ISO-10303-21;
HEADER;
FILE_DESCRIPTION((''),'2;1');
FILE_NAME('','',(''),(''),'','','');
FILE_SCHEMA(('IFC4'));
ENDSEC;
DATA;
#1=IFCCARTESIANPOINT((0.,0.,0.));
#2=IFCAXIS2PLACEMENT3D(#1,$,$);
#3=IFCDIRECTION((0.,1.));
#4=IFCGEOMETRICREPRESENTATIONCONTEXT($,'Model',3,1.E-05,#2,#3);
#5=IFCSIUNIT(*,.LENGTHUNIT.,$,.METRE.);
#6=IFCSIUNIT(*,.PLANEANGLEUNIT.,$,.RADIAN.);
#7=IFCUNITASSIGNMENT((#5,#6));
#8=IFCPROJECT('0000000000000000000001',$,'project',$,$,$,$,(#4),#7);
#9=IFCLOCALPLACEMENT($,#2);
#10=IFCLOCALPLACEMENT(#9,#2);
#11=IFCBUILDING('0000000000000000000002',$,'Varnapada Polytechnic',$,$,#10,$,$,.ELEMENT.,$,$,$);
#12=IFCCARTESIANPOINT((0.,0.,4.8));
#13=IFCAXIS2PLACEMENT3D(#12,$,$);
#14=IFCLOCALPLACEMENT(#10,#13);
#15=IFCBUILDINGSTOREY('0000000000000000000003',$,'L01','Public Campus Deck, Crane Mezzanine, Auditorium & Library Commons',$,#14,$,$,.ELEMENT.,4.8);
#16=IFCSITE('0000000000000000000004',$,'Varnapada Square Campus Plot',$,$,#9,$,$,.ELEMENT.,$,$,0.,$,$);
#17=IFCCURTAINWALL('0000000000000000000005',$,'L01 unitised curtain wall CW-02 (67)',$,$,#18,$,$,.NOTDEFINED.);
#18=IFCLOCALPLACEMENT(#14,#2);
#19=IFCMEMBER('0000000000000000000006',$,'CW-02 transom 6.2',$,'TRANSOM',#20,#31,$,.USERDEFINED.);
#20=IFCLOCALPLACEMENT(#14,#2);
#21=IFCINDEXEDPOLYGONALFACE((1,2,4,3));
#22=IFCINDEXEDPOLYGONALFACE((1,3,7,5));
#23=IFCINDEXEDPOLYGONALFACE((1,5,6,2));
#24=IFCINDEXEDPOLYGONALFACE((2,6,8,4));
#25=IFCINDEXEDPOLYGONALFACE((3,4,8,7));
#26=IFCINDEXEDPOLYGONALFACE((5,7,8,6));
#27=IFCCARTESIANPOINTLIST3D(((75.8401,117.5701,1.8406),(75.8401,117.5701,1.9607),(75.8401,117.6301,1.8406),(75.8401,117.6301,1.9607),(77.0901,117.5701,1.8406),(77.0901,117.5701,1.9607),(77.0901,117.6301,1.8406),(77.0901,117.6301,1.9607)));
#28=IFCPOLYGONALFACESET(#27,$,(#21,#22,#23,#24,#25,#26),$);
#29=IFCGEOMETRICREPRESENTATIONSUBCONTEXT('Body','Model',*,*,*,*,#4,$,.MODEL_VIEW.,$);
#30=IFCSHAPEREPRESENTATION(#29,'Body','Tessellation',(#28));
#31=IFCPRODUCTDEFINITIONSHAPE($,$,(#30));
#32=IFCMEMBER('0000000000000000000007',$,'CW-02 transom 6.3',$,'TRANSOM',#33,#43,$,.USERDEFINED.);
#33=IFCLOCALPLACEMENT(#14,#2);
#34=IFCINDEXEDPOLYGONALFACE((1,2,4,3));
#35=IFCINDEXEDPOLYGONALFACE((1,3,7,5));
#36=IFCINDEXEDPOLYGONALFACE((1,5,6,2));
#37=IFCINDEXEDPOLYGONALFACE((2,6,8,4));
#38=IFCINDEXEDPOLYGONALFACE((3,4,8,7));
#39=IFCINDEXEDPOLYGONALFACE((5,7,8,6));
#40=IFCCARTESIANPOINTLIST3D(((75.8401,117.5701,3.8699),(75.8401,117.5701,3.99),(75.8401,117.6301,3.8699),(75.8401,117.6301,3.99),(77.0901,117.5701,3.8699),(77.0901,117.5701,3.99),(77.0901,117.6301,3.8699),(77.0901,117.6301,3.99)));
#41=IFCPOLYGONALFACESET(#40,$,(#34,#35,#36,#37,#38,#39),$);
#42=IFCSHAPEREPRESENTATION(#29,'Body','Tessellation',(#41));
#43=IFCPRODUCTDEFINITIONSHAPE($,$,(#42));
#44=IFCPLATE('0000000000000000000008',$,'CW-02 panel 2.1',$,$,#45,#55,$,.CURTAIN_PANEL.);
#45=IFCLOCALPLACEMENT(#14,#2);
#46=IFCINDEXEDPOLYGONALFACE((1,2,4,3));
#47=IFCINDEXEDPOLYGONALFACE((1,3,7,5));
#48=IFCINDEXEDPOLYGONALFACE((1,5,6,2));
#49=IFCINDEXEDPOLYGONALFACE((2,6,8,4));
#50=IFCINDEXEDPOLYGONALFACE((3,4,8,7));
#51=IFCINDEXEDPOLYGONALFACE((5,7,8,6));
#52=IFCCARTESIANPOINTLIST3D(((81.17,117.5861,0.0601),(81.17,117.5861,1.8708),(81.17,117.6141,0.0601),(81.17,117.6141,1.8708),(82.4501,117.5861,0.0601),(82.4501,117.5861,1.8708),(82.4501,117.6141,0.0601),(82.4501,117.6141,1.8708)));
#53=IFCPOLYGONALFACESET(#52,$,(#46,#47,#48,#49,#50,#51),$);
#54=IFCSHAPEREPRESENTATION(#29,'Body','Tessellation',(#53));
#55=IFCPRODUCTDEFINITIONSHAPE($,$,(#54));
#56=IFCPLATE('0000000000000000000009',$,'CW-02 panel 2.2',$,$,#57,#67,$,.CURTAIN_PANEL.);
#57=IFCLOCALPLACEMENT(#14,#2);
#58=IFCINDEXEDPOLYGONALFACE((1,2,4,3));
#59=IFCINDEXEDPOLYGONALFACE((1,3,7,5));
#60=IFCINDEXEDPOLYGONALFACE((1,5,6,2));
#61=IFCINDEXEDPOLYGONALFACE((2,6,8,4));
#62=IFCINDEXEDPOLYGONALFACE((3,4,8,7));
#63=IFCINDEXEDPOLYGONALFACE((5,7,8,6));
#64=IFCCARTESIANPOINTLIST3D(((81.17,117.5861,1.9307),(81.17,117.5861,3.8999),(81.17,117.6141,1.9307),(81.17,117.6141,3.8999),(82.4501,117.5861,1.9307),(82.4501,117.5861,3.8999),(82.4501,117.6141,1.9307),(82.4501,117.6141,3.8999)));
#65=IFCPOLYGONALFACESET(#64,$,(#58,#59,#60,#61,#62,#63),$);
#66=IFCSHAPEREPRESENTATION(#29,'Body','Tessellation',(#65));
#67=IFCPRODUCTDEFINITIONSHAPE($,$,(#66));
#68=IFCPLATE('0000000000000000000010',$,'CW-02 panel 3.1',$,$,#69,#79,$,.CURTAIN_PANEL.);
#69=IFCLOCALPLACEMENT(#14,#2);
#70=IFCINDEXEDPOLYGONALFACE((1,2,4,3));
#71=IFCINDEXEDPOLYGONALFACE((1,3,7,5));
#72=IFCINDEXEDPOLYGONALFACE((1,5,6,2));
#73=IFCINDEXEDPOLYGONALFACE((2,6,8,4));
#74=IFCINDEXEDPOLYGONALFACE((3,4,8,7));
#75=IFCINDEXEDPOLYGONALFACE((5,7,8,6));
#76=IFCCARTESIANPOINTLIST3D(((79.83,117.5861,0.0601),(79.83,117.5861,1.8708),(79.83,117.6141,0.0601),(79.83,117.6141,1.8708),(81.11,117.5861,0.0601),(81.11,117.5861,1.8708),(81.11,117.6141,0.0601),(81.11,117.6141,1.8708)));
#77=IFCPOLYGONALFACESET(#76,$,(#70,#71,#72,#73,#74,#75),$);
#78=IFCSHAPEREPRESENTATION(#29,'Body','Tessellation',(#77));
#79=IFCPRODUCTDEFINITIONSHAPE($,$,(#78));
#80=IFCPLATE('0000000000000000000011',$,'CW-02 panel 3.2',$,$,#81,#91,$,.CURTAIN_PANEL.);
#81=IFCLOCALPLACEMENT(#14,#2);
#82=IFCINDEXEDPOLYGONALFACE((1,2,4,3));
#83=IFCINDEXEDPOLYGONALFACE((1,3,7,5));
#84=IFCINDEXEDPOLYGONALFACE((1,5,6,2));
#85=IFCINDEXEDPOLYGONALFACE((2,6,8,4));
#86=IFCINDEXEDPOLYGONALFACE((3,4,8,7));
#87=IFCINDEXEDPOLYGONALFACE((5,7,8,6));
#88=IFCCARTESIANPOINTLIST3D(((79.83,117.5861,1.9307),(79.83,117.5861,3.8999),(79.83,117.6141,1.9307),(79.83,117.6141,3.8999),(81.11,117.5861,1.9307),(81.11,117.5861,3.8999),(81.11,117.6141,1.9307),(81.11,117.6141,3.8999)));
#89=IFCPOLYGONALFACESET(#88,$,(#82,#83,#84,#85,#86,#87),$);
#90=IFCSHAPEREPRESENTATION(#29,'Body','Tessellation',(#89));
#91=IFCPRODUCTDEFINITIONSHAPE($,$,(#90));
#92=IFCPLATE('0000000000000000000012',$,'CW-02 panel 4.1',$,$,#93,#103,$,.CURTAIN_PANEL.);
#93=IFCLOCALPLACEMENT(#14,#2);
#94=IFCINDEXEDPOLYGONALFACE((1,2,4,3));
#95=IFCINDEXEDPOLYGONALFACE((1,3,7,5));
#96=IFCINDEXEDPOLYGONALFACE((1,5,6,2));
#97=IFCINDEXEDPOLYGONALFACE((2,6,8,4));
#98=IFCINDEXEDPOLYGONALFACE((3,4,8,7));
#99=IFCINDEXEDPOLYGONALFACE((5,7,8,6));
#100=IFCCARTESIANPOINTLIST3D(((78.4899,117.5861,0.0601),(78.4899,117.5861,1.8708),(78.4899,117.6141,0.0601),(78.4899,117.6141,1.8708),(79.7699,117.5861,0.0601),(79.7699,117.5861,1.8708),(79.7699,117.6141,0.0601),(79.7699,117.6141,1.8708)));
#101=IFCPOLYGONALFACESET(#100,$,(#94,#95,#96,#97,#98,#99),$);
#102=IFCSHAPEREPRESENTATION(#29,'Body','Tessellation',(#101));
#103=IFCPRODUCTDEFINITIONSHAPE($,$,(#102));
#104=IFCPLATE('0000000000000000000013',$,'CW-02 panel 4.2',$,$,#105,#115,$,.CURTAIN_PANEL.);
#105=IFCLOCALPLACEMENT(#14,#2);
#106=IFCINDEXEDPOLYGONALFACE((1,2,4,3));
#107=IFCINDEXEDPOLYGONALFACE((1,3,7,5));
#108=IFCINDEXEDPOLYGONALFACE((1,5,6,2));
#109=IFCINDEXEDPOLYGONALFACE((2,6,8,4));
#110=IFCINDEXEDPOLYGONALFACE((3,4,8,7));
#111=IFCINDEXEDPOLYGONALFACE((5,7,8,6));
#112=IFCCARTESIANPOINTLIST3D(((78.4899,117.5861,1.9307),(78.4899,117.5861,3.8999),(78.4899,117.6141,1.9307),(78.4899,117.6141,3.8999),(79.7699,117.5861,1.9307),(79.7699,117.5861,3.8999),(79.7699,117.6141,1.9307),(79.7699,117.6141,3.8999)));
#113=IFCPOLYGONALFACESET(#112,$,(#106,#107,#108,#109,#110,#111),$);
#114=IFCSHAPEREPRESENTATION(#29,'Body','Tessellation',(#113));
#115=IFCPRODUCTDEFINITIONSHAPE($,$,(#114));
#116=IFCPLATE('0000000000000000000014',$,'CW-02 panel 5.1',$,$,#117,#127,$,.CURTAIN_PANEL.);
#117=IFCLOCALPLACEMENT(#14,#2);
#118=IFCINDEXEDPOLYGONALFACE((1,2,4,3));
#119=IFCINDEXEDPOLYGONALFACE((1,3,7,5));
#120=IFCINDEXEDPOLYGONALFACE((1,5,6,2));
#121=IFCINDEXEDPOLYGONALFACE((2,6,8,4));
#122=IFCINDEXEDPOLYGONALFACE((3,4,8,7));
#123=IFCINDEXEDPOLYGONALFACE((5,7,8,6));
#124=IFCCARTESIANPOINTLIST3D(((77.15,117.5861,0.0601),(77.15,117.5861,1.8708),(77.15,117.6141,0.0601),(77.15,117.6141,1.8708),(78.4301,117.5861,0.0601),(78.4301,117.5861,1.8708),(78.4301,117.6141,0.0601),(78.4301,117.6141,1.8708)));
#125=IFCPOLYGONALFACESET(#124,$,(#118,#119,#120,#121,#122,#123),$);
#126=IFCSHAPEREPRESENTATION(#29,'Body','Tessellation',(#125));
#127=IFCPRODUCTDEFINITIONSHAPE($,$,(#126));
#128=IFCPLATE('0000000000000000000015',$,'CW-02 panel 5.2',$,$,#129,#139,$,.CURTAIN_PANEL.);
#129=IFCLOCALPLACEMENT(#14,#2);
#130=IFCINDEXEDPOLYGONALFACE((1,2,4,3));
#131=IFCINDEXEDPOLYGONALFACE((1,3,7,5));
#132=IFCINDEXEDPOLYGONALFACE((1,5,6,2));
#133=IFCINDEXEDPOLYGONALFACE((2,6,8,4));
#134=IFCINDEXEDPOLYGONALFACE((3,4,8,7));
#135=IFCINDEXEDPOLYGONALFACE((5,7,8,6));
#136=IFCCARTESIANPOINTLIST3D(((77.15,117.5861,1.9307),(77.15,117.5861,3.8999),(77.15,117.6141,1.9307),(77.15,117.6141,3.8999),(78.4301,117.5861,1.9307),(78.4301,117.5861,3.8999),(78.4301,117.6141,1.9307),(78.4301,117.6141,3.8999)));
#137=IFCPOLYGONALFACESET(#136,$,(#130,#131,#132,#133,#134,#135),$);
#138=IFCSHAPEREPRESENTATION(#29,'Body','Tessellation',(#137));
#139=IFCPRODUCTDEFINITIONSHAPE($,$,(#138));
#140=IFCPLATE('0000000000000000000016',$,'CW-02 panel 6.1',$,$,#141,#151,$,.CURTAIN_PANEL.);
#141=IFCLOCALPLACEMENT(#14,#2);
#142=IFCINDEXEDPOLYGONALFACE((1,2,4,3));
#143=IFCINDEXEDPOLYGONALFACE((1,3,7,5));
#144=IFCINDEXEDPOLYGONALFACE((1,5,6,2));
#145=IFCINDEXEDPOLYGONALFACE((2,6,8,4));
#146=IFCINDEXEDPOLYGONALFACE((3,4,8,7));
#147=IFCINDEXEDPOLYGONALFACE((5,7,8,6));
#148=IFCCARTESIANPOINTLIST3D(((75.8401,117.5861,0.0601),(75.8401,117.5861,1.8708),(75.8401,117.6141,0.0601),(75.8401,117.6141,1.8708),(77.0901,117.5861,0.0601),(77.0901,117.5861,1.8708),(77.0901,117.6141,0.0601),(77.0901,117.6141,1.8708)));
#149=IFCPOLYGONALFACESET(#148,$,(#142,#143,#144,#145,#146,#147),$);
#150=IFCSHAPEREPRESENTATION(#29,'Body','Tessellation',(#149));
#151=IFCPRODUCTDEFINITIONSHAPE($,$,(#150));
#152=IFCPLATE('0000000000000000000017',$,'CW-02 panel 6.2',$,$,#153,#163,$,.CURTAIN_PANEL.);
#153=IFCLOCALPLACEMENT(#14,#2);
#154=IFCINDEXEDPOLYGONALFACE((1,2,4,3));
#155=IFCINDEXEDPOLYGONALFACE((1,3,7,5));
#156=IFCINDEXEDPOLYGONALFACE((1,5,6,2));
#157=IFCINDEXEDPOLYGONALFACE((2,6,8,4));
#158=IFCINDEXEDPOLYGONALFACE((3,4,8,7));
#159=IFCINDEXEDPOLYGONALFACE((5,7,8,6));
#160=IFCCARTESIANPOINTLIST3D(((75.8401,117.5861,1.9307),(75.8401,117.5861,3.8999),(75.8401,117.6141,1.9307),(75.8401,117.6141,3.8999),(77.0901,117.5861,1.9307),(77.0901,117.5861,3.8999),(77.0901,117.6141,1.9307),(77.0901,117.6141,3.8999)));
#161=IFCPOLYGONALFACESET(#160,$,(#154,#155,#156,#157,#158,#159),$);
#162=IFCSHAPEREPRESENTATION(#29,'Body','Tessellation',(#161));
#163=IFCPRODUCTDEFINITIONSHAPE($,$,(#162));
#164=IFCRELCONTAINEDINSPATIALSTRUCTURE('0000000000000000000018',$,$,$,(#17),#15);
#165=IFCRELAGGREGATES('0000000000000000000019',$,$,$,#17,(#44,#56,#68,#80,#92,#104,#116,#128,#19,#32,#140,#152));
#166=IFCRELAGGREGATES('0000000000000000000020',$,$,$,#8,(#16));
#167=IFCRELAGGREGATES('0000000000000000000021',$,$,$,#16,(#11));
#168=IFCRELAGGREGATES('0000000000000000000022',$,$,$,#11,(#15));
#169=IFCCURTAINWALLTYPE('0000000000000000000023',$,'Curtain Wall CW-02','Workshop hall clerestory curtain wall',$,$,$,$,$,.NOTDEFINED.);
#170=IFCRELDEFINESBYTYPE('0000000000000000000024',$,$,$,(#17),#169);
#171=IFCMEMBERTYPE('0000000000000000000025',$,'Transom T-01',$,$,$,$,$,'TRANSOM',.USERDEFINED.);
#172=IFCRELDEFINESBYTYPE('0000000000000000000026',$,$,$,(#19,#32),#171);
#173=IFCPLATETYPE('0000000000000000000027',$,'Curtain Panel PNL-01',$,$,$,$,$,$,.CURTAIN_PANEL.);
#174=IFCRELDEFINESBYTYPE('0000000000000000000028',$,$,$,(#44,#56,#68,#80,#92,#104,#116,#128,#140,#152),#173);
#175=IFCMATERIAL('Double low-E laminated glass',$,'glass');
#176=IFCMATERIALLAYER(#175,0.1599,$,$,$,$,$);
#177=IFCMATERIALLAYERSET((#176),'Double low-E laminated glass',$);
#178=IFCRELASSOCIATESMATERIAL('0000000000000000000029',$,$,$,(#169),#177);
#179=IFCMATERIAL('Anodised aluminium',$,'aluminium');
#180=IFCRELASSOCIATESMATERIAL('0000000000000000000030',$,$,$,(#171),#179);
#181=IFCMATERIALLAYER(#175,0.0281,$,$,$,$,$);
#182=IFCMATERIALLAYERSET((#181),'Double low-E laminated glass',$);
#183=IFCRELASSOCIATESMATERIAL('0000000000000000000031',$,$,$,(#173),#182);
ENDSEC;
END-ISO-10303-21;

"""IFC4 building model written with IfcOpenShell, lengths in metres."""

from ifc_helpers import new_model, si_unit, direction, frame, origin, origin_2d, place, context, subcontext, project, spatial, rectangle, extrude, material, layer, layer_set, material_profile, profile_set, type_object, element, aggregate, save


model = new_model("IFC4")

# Units and contexts
model_context = context("Model", 3, precision=1e-05, world=origin(), true_north=direction((0.0, 1.0)))
body_context = subcontext(model_context, "Body", "Model", "MODEL_VIEW")
ifc_project = project(units=[si_unit("LENGTHUNIT", "METRE"), si_unit("PLANEANGLEUNIT", "RADIAN")], contexts=[model_context])

# Site, building, storey
site_placement = place(None, origin())
site = spatial("IfcSite", under=ifc_project, at=site_placement, Name="Varnapada Square Campus Plot", CompositionType="ELEMENT", RefElevation=0.0)
building_placement = place(site_placement, origin())
building = spatial("IfcBuilding", under=site, at=building_placement, Name="Varnapada Polytechnic", CompositionType="ELEMENT")
storey_placement = place(building_placement, frame((0.0, 0.0, 4.8)))
storey = spatial("IfcBuildingStorey", under=building, at=storey_placement, Name="L01", Description="Public Campus Deck, Crane Mezzanine, Auditorium & Library Commons", CompositionType="ELEMENT", Elevation=4.8)

# Curtain wall, members, plates
ifc_material_1 = material(Name="Double low-E laminated glass", Category="glass")
ifc_layer_1 = layer(ifc_material_1, 0.1599)
ifc_layer_set_1 = layer_set([ifc_layer_1], Name="Double low-E laminated glass")
curtain_wall_type = type_object("IfcCurtainWallType", Name="Curtain Wall CW-02", Description="Workshop hall clerestory curtain wall", PredefinedType="NOTDEFINED", material=ifc_layer_set_1)
curtain_wall_placement = place(storey_placement, origin())
curtain_wall = element("IfcCurtainWall", 1, at=curtain_wall_placement, inside=storey, type_object=curtain_wall_type, Name="L01 unitised curtain wall CW-02 (67)", PredefinedType="NOTDEFINED")
ifc_material_2 = material(Name="Anodised aluminium", Category="aluminium")
ifc_material_profile_1 = material_profile(ifc_material_2, rectangle(XDim=0.0601, YDim=0.1201, at=origin_2d()), Name="ALU T60x120")
ifc_profile_set_1 = profile_set([ifc_material_profile_1], Name="Anodised aluminium")
member_type_1 = type_object("IfcMemberType", Name="Transom T-01", ElementType="TRANSOM", PredefinedType="USERDEFINED", material=ifc_profile_set_1)
member_1_placement = place(storey_placement, frame((77.0901, 117.6001, 1.9006), z_axis=(-1.0, 0.0, 0.0), x_axis=(0.0, -1.0, 0.0)))
member_1 = element("IfcMember", 2, at=member_1_placement, type_object=member_type_1, Name="CW-02 transom 6.2", ObjectType="TRANSOM", PredefinedType="USERDEFINED", context=body_context, shape_type="SweptSolid", body=[
    extrude(rectangle(XDim=0.0601, YDim=0.1201, at=origin_2d()), origin(), (0.0, 0.0, 1.0), 1.25),
])
member_2_placement = place(storey_placement, frame((77.0901, 117.6001, 3.9299), z_axis=(-1.0, 0.0, 0.0), x_axis=(0.0, -1.0, 0.0)))
member_2 = element("IfcMember", 3, at=member_2_placement, type_object=member_type_1, Name="CW-02 transom 6.3", ObjectType="TRANSOM", PredefinedType="USERDEFINED", context=body_context, shape_type="SweptSolid", body=[
    extrude(rectangle(XDim=0.0601, YDim=0.1201, at=origin_2d()), origin(), (0.0, 0.0, 1.0), 1.25),
])
ifc_layer_2 = layer(ifc_material_1, 0.0281)
ifc_layer_set_2 = layer_set([ifc_layer_2], Name="Double low-E laminated glass")
plate_type = type_object("IfcPlateType", Name="Curtain Panel PNL-01", PredefinedType="CURTAIN_PANEL", material=ifc_layer_set_2)
plate_1_placement = place(storey_placement, frame((81.8101, 117.6001, 0.0601), z_axis=(0.0, 0.0, 1.0), x_axis=(-1.0, 0.0, 0.0)))
plate_1 = element("IfcPlate", 4, at=plate_1_placement, type_object=plate_type, Name="CW-02 panel 2.1", PredefinedType="CURTAIN_PANEL", context=body_context, shape_type="SweptSolid", body=[
    extrude(rectangle(XDim=1.28, YDim=0.0281, at=origin_2d()), origin(), (0.0, 0.0, 1.0), 1.8108),
])
plate_2_placement = place(storey_placement, frame((81.8101, 117.6001, 1.9307), z_axis=(0.0, 0.0, 1.0), x_axis=(-1.0, 0.0, 0.0)))
plate_2 = element("IfcPlate", 5, at=plate_2_placement, type_object=plate_type, Name="CW-02 panel 2.2", PredefinedType="CURTAIN_PANEL", context=body_context, shape_type="SweptSolid", body=[
    extrude(rectangle(XDim=1.28, YDim=0.0281, at=origin_2d()), origin(), (0.0, 0.0, 1.0), 1.9692),
])
plate_3_placement = place(storey_placement, frame((80.47, 117.6001, 0.0601), z_axis=(0.0, 0.0, 1.0), x_axis=(-1.0, 0.0, 0.0)))
plate_3 = element("IfcPlate", 6, at=plate_3_placement, type_object=plate_type, Name="CW-02 panel 3.1", PredefinedType="CURTAIN_PANEL", context=body_context, shape_type="SweptSolid", body=[
    extrude(rectangle(XDim=1.28, YDim=0.0281, at=origin_2d()), origin(), (0.0, 0.0, 1.0), 1.8108),
])
plate_4_placement = place(storey_placement, frame((80.47, 117.6001, 1.9307), z_axis=(0.0, 0.0, 1.0), x_axis=(-1.0, 0.0, 0.0)))
plate_4 = element("IfcPlate", 7, at=plate_4_placement, type_object=plate_type, Name="CW-02 panel 3.2", PredefinedType="CURTAIN_PANEL", context=body_context, shape_type="SweptSolid", body=[
    extrude(rectangle(XDim=1.28, YDim=0.0281, at=origin_2d()), origin(), (0.0, 0.0, 1.0), 1.9692),
])
plate_5_placement = place(storey_placement, frame((79.1299, 117.6001, 0.0601), z_axis=(0.0, 0.0, 1.0), x_axis=(-1.0, 0.0, 0.0)))
plate_5 = element("IfcPlate", 8, at=plate_5_placement, type_object=plate_type, Name="CW-02 panel 4.1", PredefinedType="CURTAIN_PANEL", context=body_context, shape_type="SweptSolid", body=[
    extrude(rectangle(XDim=1.28, YDim=0.0281, at=origin_2d()), origin(), (0.0, 0.0, 1.0), 1.8108),
])
plate_6_placement = place(storey_placement, frame((79.1299, 117.6001, 1.9307), z_axis=(0.0, 0.0, 1.0), x_axis=(-1.0, 0.0, 0.0)))
plate_6 = element("IfcPlate", 9, at=plate_6_placement, type_object=plate_type, Name="CW-02 panel 4.2", PredefinedType="CURTAIN_PANEL", context=body_context, shape_type="SweptSolid", body=[
    extrude(rectangle(XDim=1.28, YDim=0.0281, at=origin_2d()), origin(), (0.0, 0.0, 1.0), 1.9692),
])
plate_7_placement = place(storey_placement, frame((77.79, 117.6001, 0.0601), z_axis=(0.0, 0.0, 1.0), x_axis=(-1.0, 0.0, 0.0)))
plate_7 = element("IfcPlate", 10, at=plate_7_placement, type_object=plate_type, Name="CW-02 panel 5.1", PredefinedType="CURTAIN_PANEL", context=body_context, shape_type="SweptSolid", body=[
    extrude(rectangle(XDim=1.28, YDim=0.0281, at=origin_2d()), origin(), (0.0, 0.0, 1.0), 1.8108),
])
plate_8_placement = place(storey_placement, frame((77.79, 117.6001, 1.9307), z_axis=(0.0, 0.0, 1.0), x_axis=(-1.0, 0.0, 0.0)))
plate_8 = element("IfcPlate", 11, at=plate_8_placement, type_object=plate_type, Name="CW-02 panel 5.2", PredefinedType="CURTAIN_PANEL", context=body_context, shape_type="SweptSolid", body=[
    extrude(rectangle(XDim=1.28, YDim=0.0281, at=origin_2d()), origin(), (0.0, 0.0, 1.0), 1.9692),
])
plate_9_placement = place(storey_placement, frame((76.4651, 117.6001, 0.0601), z_axis=(0.0, 0.0, 1.0), x_axis=(-1.0, 0.0, 0.0)))
plate_9 = element("IfcPlate", 12, at=plate_9_placement, type_object=plate_type, Name="CW-02 panel 6.1", PredefinedType="CURTAIN_PANEL", context=body_context, shape_type="SweptSolid", body=[
    extrude(rectangle(XDim=1.25, YDim=0.0281, at=origin_2d()), origin(), (0.0, 0.0, 1.0), 1.8108),
])
plate_10_placement = place(storey_placement, frame((76.4651, 117.6001, 1.9307), z_axis=(0.0, 0.0, 1.0), x_axis=(-1.0, 0.0, 0.0)))
plate_10 = element("IfcPlate", 13, at=plate_10_placement, type_object=plate_type, Name="CW-02 panel 6.2", PredefinedType="CURTAIN_PANEL", context=body_context, shape_type="SweptSolid", body=[
    extrude(rectangle(XDim=1.25, YDim=0.0281, at=origin_2d()), origin(), (0.0, 0.0, 1.0), 1.9692),
])
aggregate(curtain_wall, [plate_1, plate_2, plate_3, plate_4, plate_5, plate_6, plate_7, plate_8, member_1, member_2, plate_9, plate_10])

save(model, "model.ifc")
